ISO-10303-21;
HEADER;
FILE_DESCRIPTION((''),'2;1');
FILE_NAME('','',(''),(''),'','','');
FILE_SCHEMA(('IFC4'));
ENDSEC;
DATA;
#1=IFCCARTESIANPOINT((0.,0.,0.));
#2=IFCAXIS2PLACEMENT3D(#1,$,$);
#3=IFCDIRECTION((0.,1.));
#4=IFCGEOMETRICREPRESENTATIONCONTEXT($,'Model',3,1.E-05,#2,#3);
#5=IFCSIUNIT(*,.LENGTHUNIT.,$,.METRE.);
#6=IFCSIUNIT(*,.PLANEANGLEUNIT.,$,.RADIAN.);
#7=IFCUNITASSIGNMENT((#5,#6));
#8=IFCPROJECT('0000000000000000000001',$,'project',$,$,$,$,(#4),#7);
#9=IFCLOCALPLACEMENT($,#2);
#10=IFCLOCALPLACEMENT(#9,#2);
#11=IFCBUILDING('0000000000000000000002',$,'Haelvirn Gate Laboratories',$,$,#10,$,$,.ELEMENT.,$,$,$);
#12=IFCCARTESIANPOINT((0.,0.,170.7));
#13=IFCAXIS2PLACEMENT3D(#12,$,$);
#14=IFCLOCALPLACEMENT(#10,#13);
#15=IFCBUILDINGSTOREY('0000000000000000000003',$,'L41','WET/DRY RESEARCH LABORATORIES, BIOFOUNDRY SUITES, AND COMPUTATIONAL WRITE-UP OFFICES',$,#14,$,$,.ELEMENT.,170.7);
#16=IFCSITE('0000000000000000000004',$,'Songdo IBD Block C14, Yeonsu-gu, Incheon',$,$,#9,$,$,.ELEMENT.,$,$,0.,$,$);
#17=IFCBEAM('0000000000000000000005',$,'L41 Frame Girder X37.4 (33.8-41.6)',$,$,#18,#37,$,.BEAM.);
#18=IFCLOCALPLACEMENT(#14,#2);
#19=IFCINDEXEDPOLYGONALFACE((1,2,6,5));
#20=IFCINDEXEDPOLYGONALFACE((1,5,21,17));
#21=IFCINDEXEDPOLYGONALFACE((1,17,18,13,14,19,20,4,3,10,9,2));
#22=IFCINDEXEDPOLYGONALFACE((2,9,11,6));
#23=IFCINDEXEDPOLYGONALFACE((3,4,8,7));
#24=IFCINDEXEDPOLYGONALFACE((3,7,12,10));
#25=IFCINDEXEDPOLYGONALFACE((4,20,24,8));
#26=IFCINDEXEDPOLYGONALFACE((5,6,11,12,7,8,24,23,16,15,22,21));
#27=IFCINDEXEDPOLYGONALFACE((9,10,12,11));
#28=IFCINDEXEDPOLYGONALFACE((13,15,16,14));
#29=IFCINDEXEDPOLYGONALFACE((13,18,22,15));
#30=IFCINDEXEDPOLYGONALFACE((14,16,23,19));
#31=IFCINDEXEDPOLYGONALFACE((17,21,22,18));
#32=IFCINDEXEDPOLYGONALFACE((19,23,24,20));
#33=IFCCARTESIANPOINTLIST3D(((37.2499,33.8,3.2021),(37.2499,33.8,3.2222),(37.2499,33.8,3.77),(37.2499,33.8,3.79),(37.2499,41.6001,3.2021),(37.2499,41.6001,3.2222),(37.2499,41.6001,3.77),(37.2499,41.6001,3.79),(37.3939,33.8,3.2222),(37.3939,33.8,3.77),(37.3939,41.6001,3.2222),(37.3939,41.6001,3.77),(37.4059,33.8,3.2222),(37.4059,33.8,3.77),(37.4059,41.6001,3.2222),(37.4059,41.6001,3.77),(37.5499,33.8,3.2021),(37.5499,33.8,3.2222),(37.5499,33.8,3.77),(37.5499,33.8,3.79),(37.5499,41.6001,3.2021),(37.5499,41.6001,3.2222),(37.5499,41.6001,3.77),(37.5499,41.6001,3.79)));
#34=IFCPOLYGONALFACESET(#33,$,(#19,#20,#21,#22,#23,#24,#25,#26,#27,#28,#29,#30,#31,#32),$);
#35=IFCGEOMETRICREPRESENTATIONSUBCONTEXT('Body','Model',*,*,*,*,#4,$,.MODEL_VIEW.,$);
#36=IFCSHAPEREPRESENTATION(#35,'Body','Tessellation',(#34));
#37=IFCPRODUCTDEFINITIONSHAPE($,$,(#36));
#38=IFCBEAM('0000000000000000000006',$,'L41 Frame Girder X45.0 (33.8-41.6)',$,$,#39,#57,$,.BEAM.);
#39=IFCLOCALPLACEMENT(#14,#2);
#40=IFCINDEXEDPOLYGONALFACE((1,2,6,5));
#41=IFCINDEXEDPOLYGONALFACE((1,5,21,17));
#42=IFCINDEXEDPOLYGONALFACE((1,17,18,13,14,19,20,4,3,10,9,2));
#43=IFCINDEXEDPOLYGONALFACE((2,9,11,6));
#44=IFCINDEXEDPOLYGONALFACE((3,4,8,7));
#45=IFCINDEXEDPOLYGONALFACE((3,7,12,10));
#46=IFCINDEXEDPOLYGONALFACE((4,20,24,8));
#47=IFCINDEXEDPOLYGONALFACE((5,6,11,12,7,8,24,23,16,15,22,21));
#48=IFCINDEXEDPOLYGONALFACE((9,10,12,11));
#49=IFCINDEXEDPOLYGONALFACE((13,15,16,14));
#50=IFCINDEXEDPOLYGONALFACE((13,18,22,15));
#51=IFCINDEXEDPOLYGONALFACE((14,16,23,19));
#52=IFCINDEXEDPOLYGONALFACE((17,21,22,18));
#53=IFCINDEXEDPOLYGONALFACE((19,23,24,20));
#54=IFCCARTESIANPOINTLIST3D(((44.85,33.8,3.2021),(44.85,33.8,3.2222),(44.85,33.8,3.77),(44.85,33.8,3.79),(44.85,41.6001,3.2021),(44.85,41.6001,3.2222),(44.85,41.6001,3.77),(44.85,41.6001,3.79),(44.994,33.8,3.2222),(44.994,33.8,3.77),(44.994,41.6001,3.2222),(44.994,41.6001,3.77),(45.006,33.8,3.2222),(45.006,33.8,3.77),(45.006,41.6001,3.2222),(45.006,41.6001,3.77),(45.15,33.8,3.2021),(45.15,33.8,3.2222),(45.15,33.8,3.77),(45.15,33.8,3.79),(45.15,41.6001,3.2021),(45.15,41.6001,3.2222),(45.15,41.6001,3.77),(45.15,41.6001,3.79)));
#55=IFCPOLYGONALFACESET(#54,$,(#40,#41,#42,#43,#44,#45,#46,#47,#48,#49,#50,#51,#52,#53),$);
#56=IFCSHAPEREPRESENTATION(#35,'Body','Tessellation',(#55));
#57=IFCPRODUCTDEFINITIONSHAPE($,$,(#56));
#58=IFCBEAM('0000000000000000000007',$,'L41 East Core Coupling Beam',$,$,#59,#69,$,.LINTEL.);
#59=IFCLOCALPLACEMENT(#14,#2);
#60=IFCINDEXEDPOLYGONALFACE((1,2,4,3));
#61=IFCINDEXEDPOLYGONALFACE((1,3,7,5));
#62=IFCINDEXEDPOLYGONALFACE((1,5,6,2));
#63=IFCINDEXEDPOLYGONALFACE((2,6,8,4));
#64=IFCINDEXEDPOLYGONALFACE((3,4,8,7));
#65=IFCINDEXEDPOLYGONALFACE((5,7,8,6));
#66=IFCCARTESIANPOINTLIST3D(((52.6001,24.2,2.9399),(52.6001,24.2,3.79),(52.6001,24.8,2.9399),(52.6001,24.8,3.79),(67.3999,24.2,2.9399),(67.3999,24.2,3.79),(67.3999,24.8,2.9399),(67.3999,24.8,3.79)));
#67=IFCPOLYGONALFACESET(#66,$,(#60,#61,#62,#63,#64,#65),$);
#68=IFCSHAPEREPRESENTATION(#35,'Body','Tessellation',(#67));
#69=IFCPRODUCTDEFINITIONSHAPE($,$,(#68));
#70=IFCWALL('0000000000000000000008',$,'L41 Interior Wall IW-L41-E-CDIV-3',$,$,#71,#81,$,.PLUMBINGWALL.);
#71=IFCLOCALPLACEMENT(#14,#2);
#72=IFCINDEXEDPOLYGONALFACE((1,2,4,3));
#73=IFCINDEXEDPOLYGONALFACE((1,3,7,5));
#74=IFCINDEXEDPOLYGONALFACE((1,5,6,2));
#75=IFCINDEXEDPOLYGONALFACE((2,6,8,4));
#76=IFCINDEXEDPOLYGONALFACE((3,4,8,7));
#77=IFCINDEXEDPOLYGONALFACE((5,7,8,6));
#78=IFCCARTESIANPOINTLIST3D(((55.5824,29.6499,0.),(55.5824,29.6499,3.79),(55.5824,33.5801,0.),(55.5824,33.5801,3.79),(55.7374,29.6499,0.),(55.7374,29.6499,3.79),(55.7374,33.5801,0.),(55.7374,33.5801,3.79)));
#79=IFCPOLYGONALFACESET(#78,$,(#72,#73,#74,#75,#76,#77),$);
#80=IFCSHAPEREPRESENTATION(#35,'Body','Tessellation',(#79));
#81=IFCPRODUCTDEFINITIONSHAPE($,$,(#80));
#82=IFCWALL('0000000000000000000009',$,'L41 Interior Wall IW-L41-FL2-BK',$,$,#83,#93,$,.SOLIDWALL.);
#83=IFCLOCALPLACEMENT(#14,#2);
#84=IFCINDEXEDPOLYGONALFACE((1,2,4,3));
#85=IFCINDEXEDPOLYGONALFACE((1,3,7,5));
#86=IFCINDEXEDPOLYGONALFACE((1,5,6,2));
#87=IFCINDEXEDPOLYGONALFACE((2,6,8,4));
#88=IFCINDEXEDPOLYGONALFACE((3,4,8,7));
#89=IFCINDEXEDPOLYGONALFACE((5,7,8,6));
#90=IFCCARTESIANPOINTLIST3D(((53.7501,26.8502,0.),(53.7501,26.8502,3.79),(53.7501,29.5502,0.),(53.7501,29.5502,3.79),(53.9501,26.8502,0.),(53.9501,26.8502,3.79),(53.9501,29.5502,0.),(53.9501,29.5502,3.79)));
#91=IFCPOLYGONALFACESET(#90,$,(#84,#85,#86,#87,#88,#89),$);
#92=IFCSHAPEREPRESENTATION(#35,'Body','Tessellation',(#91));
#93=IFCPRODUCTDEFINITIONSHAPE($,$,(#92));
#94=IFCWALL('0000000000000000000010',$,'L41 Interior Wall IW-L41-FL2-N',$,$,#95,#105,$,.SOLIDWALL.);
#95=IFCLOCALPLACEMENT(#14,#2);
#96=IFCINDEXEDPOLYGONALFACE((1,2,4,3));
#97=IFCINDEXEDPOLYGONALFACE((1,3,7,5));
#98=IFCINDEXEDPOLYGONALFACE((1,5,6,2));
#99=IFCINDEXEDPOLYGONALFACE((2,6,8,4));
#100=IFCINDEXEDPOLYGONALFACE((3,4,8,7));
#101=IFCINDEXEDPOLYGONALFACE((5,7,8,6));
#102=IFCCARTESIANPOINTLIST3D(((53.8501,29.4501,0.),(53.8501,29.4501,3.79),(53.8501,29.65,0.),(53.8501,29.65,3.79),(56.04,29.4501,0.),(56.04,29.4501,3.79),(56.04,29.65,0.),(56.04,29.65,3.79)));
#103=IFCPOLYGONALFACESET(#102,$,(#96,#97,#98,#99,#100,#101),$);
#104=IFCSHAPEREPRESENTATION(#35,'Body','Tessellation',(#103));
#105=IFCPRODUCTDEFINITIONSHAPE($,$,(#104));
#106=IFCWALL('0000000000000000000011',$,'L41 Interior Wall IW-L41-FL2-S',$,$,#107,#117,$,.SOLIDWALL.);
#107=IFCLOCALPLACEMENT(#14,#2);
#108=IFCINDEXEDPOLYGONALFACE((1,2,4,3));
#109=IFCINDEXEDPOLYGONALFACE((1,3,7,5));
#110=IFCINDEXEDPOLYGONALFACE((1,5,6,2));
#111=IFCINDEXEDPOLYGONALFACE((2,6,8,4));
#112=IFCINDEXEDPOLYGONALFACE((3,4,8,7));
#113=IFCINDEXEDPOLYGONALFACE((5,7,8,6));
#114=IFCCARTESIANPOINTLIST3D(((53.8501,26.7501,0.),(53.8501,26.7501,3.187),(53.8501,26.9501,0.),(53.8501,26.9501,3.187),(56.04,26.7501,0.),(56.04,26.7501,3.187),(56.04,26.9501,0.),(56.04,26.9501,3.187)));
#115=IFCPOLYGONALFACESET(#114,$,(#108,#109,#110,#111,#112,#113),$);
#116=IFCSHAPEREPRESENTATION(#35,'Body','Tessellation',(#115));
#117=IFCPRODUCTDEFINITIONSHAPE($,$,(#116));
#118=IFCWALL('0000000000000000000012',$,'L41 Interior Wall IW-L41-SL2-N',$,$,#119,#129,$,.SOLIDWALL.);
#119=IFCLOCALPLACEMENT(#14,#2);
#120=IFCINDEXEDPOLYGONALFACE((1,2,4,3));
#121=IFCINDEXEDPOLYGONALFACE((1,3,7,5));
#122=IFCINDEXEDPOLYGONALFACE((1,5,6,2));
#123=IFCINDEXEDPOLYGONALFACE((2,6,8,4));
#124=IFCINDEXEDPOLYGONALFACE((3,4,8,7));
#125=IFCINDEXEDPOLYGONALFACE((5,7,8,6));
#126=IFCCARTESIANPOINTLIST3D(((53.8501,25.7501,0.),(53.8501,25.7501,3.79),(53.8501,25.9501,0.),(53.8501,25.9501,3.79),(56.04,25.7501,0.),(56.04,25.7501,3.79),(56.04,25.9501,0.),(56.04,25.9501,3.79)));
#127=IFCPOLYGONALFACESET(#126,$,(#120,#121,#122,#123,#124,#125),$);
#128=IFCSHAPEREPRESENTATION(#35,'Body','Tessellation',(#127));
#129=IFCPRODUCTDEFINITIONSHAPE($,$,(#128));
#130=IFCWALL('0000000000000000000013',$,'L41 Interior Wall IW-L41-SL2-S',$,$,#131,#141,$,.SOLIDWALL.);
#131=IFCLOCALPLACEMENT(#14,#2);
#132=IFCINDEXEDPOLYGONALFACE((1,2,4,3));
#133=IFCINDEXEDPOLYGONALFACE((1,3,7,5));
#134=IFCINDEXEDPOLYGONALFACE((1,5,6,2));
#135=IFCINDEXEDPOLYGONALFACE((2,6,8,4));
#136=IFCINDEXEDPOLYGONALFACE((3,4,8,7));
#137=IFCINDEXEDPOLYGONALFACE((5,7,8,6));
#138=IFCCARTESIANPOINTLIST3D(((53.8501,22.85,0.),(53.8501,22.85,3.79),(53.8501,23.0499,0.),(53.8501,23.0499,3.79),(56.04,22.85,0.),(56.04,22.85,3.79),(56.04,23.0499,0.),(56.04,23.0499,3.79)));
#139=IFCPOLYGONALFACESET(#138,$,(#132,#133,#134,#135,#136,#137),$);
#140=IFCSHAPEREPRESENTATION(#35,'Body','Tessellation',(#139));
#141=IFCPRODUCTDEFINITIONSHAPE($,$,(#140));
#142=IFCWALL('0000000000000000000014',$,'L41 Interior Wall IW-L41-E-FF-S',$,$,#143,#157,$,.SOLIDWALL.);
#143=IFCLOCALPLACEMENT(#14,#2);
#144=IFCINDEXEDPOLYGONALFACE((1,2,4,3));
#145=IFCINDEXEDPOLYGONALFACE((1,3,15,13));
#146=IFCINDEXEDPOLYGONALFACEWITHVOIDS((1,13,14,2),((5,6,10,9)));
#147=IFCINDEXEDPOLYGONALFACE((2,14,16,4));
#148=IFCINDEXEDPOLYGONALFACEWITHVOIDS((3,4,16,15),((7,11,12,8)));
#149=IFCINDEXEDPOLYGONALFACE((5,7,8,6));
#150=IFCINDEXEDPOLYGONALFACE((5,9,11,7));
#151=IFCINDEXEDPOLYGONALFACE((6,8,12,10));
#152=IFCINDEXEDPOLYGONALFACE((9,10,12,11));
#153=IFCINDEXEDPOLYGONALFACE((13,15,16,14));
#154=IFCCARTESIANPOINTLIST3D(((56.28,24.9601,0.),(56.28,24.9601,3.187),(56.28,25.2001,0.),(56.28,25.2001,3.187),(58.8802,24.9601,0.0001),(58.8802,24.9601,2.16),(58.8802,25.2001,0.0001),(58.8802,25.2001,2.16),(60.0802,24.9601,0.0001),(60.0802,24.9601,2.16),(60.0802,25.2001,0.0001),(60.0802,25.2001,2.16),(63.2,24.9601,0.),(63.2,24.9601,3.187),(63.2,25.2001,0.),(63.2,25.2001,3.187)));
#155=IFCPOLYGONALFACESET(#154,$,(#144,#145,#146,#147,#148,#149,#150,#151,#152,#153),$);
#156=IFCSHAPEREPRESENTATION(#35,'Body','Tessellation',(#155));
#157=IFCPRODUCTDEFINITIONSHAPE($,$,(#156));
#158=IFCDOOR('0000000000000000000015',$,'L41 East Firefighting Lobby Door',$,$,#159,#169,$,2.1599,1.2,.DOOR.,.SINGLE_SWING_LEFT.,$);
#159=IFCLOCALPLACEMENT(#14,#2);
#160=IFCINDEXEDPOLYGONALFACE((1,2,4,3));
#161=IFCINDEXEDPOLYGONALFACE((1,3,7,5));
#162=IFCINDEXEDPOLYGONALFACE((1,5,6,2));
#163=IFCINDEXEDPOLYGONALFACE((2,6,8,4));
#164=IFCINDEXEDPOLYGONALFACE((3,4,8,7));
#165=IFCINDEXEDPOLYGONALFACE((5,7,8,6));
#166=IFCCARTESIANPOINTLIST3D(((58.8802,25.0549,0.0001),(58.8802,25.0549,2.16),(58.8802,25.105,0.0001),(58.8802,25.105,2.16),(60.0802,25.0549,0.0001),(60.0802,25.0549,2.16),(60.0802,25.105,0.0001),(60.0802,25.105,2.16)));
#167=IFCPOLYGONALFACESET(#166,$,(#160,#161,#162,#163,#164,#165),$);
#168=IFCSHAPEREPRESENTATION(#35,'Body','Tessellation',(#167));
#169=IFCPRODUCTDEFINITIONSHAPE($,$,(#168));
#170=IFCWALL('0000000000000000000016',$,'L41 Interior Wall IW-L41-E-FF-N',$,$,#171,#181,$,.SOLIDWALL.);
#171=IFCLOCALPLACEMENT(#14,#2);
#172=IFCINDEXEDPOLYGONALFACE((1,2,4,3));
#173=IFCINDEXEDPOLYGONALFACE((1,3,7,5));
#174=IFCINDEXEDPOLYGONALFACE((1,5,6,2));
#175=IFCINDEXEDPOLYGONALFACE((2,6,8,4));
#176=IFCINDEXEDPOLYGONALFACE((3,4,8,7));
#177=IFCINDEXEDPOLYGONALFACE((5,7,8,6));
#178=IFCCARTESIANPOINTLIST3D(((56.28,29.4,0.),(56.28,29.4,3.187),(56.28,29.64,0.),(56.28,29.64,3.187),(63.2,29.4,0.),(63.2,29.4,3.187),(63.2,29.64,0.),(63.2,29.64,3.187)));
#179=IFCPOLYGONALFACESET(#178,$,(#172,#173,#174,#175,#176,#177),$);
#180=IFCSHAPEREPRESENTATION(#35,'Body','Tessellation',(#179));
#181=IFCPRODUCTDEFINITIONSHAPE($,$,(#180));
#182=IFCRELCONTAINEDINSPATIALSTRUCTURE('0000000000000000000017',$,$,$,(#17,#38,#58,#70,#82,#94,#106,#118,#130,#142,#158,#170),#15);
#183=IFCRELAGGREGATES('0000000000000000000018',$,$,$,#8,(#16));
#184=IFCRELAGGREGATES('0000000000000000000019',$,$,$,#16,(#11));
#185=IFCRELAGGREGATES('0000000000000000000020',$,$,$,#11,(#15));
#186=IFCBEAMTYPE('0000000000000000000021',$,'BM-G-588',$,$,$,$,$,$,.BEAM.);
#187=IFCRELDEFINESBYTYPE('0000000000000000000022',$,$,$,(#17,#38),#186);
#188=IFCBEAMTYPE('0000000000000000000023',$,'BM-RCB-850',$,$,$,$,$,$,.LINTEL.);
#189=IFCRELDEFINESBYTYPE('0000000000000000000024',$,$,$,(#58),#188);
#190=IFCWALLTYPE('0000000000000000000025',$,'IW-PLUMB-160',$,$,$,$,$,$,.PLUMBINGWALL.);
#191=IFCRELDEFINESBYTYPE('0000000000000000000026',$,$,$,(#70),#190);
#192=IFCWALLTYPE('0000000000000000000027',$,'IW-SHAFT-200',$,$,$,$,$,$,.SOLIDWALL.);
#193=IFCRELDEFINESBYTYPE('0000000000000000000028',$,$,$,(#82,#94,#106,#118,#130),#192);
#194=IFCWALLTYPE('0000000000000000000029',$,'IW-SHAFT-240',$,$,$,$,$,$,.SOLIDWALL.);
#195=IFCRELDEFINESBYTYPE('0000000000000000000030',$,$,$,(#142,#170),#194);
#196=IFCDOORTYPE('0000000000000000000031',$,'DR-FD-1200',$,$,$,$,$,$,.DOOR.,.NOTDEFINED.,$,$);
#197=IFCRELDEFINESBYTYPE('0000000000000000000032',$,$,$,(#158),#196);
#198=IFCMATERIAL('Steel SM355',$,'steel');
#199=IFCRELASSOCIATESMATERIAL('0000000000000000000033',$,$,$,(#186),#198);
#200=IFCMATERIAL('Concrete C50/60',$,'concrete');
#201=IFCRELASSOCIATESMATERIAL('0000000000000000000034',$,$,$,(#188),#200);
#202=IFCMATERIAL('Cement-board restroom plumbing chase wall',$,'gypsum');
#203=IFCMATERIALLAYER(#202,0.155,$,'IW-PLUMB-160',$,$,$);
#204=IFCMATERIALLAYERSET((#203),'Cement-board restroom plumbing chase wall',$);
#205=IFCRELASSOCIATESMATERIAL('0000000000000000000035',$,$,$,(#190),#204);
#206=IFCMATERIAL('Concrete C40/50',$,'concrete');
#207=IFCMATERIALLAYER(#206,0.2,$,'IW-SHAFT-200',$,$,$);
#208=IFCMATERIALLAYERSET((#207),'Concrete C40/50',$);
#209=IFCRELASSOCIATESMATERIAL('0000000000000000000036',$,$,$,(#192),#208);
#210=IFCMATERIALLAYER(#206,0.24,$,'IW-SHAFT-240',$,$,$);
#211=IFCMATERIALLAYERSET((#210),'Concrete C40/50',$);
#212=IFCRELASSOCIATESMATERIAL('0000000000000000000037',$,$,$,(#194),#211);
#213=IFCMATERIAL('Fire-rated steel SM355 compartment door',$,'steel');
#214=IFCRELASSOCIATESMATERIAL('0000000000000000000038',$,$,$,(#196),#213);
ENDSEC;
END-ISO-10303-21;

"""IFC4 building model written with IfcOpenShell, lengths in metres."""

from ifc_helpers import new_model, si_unit, direction, frame, frame_2d, origin, origin_2d, place, context, subcontext, project, spatial, rectangle, i_section, extrude, source, transform, mapped, material, layer, layer_set, material_profile, profile_set, type_object, type_shapes, element, fill, save


model = new_model("IFC4")

# Units and contexts
model_context = context("Model", 3, precision=1e-05, world=origin(), true_north=direction((0.0, 1.0)))
body_context = subcontext(model_context, "Body", "Model", "MODEL_VIEW")
ifc_project = project(units=[si_unit("LENGTHUNIT", "METRE"), si_unit("PLANEANGLEUNIT", "RADIAN")], contexts=[model_context])

# Site, building, storey
site_placement = place(None, origin())
site = spatial("IfcSite", under=ifc_project, at=site_placement, Name="Songdo IBD Block C14, Yeonsu-gu, Incheon", CompositionType="ELEMENT", RefElevation=0.0)
building_placement = place(site_placement, origin())
building = spatial("IfcBuilding", under=site, at=building_placement, Name="Haelvirn Gate Laboratories", CompositionType="ELEMENT")
storey_placement = place(building_placement, frame((0.0, 0.0, 170.7)))
storey = spatial("IfcBuildingStorey", under=building, at=storey_placement, Name="L41", Description="WET/DRY RESEARCH LABORATORIES, BIOFOUNDRY SUITES, AND COMPUTATIONAL WRITE-UP OFFICES", CompositionType="ELEMENT", Elevation=170.7)

# Shared definitions
ifc_material_1 = material(Name="Steel SM355", Category="steel")

# Beams
ifc_material_profile_1 = material_profile(ifc_material_1, i_section(OverallWidth=0.3, OverallDepth=0.5879, WebThickness=0.012, FlangeThickness=0.02, at=origin_2d()), Name="H-588x300x12x20")
ifc_profile_set_1 = profile_set([ifc_material_profile_1], Name="Steel SM355")
beam_type_1 = type_object("IfcBeamType", Name="BM-G-588", PredefinedType="BEAM", material=ifc_profile_set_1)
shared_shape_1 = source(origin(), body_context, "Body", "SweptSolid", [
    extrude(i_section(OverallWidth=0.3, OverallDepth=0.5879, WebThickness=0.012, FlangeThickness=0.02, at=origin_2d()), origin(), (0.0, 0.0, 1.0), 7.8),
])
for number, where, z_axis, x_axis, name in (
    (1, (37.3999, 33.8, 3.4961), (0.0, 1.0, 0.0), (-1.0, 0.0, 0.0), "L41 Frame Girder X37.4 (33.8-41.6)"),
    (2, (45.0, 33.8, 3.4961), (0.0, 1.0, 0.0), (-1.0, 0.0, 0.0), "L41 Frame Girder X45.0 (33.8-41.6)"),
):
    element("IfcBeam", number, at=place(storey_placement, frame(where, z_axis=z_axis, x_axis=x_axis)), inside=storey, type_object=beam_type_1, Name=name, PredefinedType="BEAM", context=body_context, shape_type="MappedRepresentation", body=[
        mapped(shared_shape_1, transform((0.0, 0.0, 0.0), scale=1.0)),
    ])
ifc_material_2 = material(Name="Concrete C50/60", Category="concrete")
ifc_material_profile_2 = material_profile(ifc_material_2, rectangle(XDim=0.6001, YDim=0.8501, at=origin_2d()), Name="RCB-600x850")
ifc_profile_set_2 = profile_set([ifc_material_profile_2], Name="Concrete C50/60")
beam_type_2 = type_object("IfcBeamType", Name="BM-RCB-850", PredefinedType="LINTEL", material=ifc_profile_set_2)
shared_shape_2 = source(origin(), body_context, "Body", "SweptSolid", [
    extrude(rectangle(XDim=0.6001, YDim=0.8501, at=origin_2d()), origin(), (0.0, 0.0, 1.0), 14.7998),
])
type_shapes(beam_type_2, [shared_shape_2])
beam_1_placement = place(storey_placement, frame((52.6001, 24.5, 3.365), z_axis=(1.0, 0.0, 0.0), x_axis=(0.0, 1.0, 0.0)))
element("IfcBeam", 3, at=beam_1_placement, inside=storey, type_object=beam_type_2, Name="L41 East Core Coupling Beam", PredefinedType="LINTEL", context=body_context, shape_type="MappedRepresentation", body=[
    mapped(shared_shape_2, transform((0.0, 0.0, 0.0), scale=1.0)),
])

# Walls
ifc_material_3 = material(Name="Cement-board restroom plumbing chase wall", Category="gypsum")
ifc_layer_1 = layer(ifc_material_3, 0.155, Name="IW-PLUMB-160")
ifc_layer_set_1 = layer_set([ifc_layer_1], Name="Cement-board restroom plumbing chase wall")
wall_type_1 = type_object("IfcWallType", Name="IW-PLUMB-160", PredefinedType="PLUMBINGWALL", material=ifc_layer_set_1)
wall_1_placement = place(storey_placement, frame((55.6599, 29.6499, 0.0), z_axis=(0.0, 0.0, 1.0), x_axis=(0.0, 1.0, 0.0)))
element("IfcWall", 4, at=wall_1_placement, inside=storey, type_object=wall_type_1, Name="L41 Interior Wall IW-L41-E-CDIV-3", PredefinedType="PLUMBINGWALL", context=body_context, shape_type="SweptSolid", body=[
    extrude(rectangle(XDim=3.9302, YDim=0.155, at=frame_2d((1.9651, 0.0))), origin(), (0.0, 0.0, 1.0), 3.79),
])
ifc_material_4 = material(Name="Concrete C40/50", Category="concrete")
ifc_layer_2 = layer(ifc_material_4, 0.2, Name="IW-SHAFT-200")
ifc_layer_set_2 = layer_set([ifc_layer_2], Name="Concrete C40/50")
wall_type_2 = type_object("IfcWallType", Name="IW-SHAFT-200", PredefinedType="SOLIDWALL", material=ifc_layer_set_2)
wall_2_placement = place(storey_placement, frame((53.8501, 26.8501, 0.0), z_axis=(0.0, 0.0, 1.0), x_axis=(0.0, 1.0, 0.0)))
element("IfcWall", 5, at=wall_2_placement, inside=storey, type_object=wall_type_2, Name="L41 Interior Wall IW-L41-FL2-BK", PredefinedType="SOLIDWALL", context=body_context, shape_type="SweptSolid", body=[
    extrude(rectangle(XDim=2.7, YDim=0.2, at=frame_2d((1.3501, 0.0))), origin(), (0.0, 0.0, 1.0), 3.79),
])
wall_3_placement = place(storey_placement, frame((53.8501, 29.55, 0.0), z_axis=(0.0, 0.0, 1.0), x_axis=(1.0, 0.0, 0.0)))
element("IfcWall", 6, at=wall_3_placement, inside=storey, type_object=wall_type_2, Name="L41 Interior Wall IW-L41-FL2-N", PredefinedType="SOLIDWALL", context=body_context, shape_type="SweptSolid", body=[
    extrude(rectangle(XDim=2.1899, YDim=0.2, at=frame_2d((1.095, 0.0))), origin(), (0.0, 0.0, 1.0), 3.79),
])
wall_4_placement = place(storey_placement, frame((53.8501, 26.8501, 0.0), z_axis=(0.0, 0.0, 1.0), x_axis=(1.0, 0.0, 0.0)))
element("IfcWall", 7, at=wall_4_placement, inside=storey, type_object=wall_type_2, Name="L41 Interior Wall IW-L41-FL2-S", PredefinedType="SOLIDWALL", context=body_context, shape_type="SweptSolid", body=[
    extrude(rectangle(XDim=2.1899, YDim=0.2, at=frame_2d((1.095, 0.0))), origin(), (0.0, 0.0, 1.0), 3.187),
])
for number, where, z_axis, x_axis, name in (
    (8, (53.8501, 25.8501, 0.0), (0.0, 0.0, 1.0), (1.0, 0.0, 0.0), "L41 Interior Wall IW-L41-SL2-N"),
    (9, (53.8501, 22.95, 0.0), (0.0, 0.0, 1.0), (1.0, 0.0, 0.0), "L41 Interior Wall IW-L41-SL2-S"),
):
    element("IfcWall", number, at=place(storey_placement, frame(where, z_axis=z_axis, x_axis=x_axis)), inside=storey, type_object=wall_type_2, Name=name, PredefinedType="SOLIDWALL", context=body_context, shape_type="SweptSolid", body=[
        extrude(rectangle(XDim=2.1899, YDim=0.2, at=frame_2d((1.095, 0.0))), origin(), (0.0, 0.0, 1.0), 3.79),
    ])

# Wall, opening, door
ifc_layer_3 = layer(ifc_material_4, 0.24, Name="IW-SHAFT-240")
ifc_layer_set_3 = layer_set([ifc_layer_3], Name="Concrete C40/50")
wall_type_3 = type_object("IfcWallType", Name="IW-SHAFT-240", PredefinedType="SOLIDWALL", material=ifc_layer_set_3)
wall_5_placement = place(storey_placement, frame((56.28, 25.0801, 0.0), z_axis=(0.0, 0.0, 1.0), x_axis=(1.0, 0.0, 0.0)))
wall_5 = element("IfcWall", 10, at=wall_5_placement, inside=storey, type_object=wall_type_3, Name="L41 Interior Wall IW-L41-E-FF-S", PredefinedType="SOLIDWALL", context=body_context, shape_type="SweptSolid", body=[
    extrude(rectangle(XDim=6.9199, YDim=0.24, at=frame_2d((3.46, 0.0))), origin(), (0.0, 0.0, 1.0), 3.187),
])
opening_1_placement = place(wall_5_placement, frame((2.6001, 0.0, 0.0)))
opening_1 = element("IfcOpeningElement", 11, at=opening_1_placement, cuts=wall_5, PredefinedType="OPENING", context=body_context, shape_type="SweptSolid", body=[
    extrude(rectangle(XDim=1.2, YDim=2.1599, at=frame_2d((0.6001, 1.0801))), frame((0.0, 0.1299, 0.0), z_axis=(0.0, -1.0, 0.0), x_axis=(1.0, 0.0, 0.0)), (0.0, 0.0, 1.0), 0.26),
])
ifc_material_5 = material(Name="Fire-rated steel SM355 compartment door", Category="steel")
door_type_1 = type_object("IfcDoorType", Name="DR-FD-1200", OperationType="NOTDEFINED", PredefinedType="DOOR", material=ifc_material_5)
shared_shape_3 = source(origin(), body_context, "Body", "SweptSolid", [
    extrude(rectangle(XDim=1.2, YDim=2.1599, at=frame_2d((0.6001, 1.0801))), frame((0.0, 0.0249, 0.0), z_axis=(0.0, -1.0, 0.0), x_axis=(1.0, 0.0, 0.0)), (0.0, 0.0, 1.0), 0.05),
])
type_shapes(door_type_1, [shared_shape_3])
door_1_placement = place(opening_1_placement, origin())
door_1 = element("IfcDoor", 12, at=door_1_placement, inside=storey, type_object=door_type_1, Name="L41 East Firefighting Lobby Door", OperationType="SINGLE_SWING_LEFT", OverallHeight=2.1599, OverallWidth=1.2, PredefinedType="DOOR", context=body_context, shape_type="MappedRepresentation", body=[
    mapped(shared_shape_3, transform((0.0, 0.0, 0.0), scale=1.0)),
])
fill(opening_1, door_1)

# Wall
wall_6_placement = place(storey_placement, frame((56.28, 29.52, 0.0), z_axis=(0.0, 0.0, 1.0), x_axis=(1.0, 0.0, 0.0)))
element("IfcWall", 13, at=wall_6_placement, inside=storey, type_object=wall_type_3, Name="L41 Interior Wall IW-L41-E-FF-N", PredefinedType="SOLIDWALL", context=body_context, shape_type="SweptSolid", body=[
    extrude(rectangle(XDim=6.9199, YDim=0.24, at=frame_2d((3.46, 0.0))), origin(), (0.0, 0.0, 1.0), 3.187),
])

save(model, "model.ifc")
